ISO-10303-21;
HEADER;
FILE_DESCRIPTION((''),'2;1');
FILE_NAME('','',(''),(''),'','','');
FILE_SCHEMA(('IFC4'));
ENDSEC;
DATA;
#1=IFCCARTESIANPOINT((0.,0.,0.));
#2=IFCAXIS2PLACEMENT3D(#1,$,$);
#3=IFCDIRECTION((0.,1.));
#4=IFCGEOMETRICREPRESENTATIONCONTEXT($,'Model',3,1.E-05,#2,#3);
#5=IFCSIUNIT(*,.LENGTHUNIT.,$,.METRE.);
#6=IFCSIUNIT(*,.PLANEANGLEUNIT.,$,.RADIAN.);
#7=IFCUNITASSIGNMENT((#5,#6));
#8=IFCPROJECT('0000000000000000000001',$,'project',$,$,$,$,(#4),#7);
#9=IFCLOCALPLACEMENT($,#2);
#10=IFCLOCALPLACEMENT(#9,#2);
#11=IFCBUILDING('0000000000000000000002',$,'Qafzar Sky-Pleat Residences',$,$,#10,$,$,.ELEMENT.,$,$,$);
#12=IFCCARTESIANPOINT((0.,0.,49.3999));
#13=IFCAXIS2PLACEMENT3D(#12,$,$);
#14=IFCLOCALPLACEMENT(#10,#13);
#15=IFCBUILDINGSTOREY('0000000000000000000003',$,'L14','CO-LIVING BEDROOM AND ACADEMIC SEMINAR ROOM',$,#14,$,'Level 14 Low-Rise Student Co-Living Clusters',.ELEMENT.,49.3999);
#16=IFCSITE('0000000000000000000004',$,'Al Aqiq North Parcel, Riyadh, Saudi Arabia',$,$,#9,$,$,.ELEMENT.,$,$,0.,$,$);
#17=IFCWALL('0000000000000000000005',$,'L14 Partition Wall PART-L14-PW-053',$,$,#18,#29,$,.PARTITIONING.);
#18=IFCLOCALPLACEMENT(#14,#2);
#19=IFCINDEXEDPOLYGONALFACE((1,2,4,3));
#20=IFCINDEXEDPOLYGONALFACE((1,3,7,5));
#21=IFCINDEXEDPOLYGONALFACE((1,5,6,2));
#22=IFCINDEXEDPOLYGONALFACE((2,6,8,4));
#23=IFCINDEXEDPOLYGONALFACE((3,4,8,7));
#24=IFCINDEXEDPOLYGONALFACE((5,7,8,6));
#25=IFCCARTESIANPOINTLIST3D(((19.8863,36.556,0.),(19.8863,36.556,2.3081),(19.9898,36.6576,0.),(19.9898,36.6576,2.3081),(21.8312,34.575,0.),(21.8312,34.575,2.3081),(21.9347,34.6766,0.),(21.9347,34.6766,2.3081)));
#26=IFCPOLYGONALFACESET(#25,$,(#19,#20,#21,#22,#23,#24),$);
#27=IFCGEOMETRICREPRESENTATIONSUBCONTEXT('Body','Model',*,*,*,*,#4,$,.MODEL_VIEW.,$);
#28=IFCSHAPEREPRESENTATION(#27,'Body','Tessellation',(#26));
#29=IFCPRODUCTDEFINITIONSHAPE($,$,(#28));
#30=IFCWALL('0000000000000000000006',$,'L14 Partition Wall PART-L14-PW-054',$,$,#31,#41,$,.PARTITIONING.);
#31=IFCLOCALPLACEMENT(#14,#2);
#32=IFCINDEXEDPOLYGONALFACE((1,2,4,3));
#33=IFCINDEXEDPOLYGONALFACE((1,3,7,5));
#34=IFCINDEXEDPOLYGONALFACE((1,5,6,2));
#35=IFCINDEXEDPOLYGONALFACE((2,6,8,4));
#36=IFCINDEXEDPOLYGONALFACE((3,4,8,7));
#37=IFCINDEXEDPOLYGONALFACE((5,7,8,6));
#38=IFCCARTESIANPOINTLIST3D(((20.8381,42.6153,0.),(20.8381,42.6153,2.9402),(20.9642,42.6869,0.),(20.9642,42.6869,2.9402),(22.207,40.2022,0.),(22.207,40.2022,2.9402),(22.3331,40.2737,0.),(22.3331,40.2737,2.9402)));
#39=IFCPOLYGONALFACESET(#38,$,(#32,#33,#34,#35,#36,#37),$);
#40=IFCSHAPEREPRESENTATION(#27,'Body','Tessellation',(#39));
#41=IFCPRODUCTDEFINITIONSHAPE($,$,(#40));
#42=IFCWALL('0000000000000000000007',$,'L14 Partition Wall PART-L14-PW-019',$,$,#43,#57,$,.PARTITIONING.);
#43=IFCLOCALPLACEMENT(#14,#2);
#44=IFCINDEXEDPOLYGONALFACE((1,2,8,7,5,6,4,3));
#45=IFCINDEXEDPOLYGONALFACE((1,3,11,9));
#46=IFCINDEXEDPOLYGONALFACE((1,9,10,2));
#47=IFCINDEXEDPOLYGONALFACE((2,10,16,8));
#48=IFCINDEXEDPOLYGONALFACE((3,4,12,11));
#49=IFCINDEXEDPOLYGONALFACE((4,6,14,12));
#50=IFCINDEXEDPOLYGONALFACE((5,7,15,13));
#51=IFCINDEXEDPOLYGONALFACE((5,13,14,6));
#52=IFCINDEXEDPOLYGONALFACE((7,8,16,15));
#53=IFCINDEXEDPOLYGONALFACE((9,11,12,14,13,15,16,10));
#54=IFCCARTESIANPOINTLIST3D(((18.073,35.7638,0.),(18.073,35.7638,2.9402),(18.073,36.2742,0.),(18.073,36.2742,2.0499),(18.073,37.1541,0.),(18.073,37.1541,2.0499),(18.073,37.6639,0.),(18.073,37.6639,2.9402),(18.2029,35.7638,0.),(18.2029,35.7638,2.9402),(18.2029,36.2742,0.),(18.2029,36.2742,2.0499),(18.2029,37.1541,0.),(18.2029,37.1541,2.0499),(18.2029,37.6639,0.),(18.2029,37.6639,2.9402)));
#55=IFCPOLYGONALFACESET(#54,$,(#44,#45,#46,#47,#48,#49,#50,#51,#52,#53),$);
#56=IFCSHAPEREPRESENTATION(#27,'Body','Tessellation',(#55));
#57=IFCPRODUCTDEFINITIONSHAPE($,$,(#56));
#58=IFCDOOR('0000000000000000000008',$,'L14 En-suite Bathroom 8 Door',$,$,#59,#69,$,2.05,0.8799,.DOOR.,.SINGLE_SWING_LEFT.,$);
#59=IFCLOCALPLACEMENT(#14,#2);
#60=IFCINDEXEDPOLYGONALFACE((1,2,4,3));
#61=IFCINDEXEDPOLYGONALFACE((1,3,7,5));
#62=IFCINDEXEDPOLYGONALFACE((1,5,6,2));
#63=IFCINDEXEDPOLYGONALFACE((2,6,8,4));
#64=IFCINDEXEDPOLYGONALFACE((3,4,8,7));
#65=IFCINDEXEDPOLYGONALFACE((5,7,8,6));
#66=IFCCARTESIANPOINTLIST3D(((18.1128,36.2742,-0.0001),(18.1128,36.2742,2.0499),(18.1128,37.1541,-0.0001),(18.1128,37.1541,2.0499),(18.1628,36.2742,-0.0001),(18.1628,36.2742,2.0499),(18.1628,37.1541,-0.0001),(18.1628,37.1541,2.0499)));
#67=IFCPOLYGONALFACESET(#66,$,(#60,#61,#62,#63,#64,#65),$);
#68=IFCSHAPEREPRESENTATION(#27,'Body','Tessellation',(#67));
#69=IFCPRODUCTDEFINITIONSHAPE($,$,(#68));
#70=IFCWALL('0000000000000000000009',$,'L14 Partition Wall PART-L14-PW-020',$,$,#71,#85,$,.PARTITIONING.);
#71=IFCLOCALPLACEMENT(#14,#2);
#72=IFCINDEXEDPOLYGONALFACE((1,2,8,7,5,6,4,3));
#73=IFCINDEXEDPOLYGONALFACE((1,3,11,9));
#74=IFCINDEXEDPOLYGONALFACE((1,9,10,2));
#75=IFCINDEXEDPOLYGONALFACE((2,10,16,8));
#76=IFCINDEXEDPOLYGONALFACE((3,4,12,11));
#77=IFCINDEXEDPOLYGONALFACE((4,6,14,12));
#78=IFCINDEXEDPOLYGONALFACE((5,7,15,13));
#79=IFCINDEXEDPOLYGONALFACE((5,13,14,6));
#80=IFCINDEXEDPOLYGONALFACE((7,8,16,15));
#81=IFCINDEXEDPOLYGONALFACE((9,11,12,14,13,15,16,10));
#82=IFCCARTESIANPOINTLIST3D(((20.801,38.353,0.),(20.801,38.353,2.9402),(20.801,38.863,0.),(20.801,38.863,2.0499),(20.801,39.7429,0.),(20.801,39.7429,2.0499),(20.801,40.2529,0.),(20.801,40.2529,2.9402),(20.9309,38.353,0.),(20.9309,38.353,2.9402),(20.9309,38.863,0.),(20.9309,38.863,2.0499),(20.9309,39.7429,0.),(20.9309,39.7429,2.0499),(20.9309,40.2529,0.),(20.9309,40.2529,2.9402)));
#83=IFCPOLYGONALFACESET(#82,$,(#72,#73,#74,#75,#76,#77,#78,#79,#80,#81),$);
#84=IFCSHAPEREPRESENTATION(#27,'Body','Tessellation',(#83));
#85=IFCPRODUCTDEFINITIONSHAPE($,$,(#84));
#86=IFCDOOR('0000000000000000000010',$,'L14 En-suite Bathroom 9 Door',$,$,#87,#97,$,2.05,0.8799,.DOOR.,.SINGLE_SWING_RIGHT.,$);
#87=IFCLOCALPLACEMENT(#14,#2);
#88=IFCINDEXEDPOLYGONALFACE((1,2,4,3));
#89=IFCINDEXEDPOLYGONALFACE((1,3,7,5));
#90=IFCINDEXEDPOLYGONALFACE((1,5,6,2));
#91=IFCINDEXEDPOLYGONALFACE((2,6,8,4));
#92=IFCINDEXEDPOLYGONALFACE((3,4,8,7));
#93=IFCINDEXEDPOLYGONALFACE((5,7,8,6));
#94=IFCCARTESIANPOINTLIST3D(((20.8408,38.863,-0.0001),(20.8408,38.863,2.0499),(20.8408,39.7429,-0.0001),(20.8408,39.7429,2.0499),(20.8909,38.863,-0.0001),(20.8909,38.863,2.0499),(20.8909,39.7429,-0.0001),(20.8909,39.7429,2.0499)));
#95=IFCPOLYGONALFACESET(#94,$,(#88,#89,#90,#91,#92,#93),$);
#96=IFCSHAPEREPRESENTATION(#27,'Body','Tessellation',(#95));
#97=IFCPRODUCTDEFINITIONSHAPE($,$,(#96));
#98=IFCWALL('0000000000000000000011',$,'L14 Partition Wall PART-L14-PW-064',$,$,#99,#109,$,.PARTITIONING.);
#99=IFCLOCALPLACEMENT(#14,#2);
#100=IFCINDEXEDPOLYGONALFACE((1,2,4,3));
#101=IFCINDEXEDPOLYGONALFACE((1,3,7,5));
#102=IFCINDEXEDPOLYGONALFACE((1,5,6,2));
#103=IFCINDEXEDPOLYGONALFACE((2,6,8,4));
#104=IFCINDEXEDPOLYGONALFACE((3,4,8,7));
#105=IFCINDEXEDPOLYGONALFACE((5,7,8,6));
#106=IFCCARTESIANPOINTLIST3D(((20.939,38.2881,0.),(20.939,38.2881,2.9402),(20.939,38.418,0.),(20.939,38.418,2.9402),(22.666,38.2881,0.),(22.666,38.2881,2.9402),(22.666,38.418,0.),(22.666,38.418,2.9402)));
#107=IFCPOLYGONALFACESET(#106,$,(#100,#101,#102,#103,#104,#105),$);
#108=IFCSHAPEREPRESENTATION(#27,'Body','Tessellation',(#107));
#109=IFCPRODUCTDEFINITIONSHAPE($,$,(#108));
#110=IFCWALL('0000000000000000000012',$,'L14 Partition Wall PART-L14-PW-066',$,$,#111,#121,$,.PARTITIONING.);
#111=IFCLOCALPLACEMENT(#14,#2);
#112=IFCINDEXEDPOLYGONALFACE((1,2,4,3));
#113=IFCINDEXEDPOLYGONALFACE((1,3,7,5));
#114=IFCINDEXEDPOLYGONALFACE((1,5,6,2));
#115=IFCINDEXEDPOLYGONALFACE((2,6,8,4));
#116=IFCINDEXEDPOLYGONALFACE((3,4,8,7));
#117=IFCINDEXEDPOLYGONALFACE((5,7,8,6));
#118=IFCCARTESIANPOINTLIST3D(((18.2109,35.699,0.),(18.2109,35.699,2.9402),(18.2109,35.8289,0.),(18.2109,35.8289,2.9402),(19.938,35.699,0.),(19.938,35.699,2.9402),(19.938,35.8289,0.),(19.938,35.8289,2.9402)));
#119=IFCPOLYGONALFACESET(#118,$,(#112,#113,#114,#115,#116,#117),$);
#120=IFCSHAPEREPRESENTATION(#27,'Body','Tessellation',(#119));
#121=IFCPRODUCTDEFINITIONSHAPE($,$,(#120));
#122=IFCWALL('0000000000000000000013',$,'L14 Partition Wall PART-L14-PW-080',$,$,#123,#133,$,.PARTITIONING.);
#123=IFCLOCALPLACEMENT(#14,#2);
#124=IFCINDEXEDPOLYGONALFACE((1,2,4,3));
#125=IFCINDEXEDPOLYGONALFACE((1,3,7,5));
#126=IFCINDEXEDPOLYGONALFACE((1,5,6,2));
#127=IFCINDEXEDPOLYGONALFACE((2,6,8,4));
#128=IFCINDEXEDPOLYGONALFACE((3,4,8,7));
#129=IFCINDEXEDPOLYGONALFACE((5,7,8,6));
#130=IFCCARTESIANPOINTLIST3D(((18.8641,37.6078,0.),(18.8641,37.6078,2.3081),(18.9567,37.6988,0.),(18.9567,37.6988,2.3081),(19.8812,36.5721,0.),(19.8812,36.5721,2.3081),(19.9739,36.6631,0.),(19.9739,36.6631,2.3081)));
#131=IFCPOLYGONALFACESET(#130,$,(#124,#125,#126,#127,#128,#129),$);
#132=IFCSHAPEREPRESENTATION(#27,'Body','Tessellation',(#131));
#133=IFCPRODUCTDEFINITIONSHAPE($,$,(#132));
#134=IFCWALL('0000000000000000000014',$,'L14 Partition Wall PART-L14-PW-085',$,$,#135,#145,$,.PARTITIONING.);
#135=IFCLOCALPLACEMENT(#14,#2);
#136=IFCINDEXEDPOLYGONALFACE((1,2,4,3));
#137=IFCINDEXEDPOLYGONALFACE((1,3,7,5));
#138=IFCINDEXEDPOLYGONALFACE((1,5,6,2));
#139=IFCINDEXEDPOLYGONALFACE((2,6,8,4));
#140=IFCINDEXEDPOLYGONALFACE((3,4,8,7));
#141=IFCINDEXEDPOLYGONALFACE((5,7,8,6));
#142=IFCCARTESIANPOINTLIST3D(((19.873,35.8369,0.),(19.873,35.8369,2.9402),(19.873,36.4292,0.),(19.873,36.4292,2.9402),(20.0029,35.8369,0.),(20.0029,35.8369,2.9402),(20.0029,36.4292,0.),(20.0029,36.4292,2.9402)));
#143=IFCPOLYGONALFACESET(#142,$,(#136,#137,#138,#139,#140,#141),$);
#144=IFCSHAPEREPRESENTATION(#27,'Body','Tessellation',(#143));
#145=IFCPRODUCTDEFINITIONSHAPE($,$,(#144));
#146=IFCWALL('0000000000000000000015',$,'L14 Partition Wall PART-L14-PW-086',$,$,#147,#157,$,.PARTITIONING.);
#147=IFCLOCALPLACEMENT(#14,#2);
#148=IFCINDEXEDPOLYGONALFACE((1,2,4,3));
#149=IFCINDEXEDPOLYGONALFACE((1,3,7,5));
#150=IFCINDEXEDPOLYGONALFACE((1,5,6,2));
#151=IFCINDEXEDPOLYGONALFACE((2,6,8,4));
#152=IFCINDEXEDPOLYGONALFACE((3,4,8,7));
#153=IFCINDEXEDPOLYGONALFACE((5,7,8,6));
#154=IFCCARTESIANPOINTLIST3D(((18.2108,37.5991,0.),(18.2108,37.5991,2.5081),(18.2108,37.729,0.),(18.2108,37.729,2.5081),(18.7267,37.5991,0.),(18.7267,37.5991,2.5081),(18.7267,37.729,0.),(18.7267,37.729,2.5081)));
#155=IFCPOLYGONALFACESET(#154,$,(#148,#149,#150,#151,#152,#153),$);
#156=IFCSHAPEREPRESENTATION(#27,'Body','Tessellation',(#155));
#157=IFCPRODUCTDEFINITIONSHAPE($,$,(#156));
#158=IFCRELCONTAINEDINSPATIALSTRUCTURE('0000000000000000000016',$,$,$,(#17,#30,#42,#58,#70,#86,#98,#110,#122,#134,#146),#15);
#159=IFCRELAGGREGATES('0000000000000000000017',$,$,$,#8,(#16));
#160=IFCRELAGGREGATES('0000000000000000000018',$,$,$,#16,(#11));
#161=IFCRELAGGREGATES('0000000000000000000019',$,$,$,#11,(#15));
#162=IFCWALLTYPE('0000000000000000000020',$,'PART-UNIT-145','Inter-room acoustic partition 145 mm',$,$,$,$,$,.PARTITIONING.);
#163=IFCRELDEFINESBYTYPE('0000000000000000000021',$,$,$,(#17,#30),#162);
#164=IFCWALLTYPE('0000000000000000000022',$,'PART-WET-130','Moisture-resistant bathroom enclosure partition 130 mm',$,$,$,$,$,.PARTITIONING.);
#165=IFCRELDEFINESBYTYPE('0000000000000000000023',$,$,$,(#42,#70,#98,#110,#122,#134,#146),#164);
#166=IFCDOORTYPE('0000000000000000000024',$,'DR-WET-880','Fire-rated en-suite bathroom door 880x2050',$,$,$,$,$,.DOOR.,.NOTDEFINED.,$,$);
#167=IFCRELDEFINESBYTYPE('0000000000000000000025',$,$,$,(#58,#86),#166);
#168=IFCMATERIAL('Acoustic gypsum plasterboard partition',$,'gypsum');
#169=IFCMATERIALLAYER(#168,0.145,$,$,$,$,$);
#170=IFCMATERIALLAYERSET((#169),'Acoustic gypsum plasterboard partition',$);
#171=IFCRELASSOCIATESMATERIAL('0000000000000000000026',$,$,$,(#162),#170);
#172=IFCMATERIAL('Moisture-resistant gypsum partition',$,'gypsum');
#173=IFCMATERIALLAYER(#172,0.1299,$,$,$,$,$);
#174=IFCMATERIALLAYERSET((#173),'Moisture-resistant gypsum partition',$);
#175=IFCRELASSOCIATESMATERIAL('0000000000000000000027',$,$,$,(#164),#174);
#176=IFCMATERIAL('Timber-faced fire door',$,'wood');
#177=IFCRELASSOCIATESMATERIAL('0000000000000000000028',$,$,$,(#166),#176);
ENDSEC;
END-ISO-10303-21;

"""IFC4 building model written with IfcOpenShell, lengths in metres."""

from ifc_helpers import new_model, si_unit, direction, frame, frame_2d, origin, place, context, subcontext, project, spatial, rectangle, extrude, source, transform, mapped, material, layer, layer_set, type_object, element, fill, save


model = new_model("IFC4")

# Units and contexts
model_context = context("Model", 3, precision=1e-05, world=origin(), true_north=direction((0.0, 1.0)))
body_context = subcontext(model_context, "Body", "Model", "MODEL_VIEW")
ifc_project = project(units=[si_unit("LENGTHUNIT", "METRE"), si_unit("PLANEANGLEUNIT", "RADIAN")], contexts=[model_context])

# Site, building, storey
site_placement = place(None, origin())
site = spatial("IfcSite", under=ifc_project, at=site_placement, Name="Al Aqiq North Parcel, Riyadh, Saudi Arabia", CompositionType="ELEMENT", RefElevation=0.0)
building_placement = place(site_placement, origin())
building = spatial("IfcBuilding", under=site, at=building_placement, Name="Qafzar Sky-Pleat Residences", CompositionType="ELEMENT")
storey_placement = place(building_placement, frame((0.0, 0.0, 49.3999)))
storey = spatial("IfcBuildingStorey", under=building, at=storey_placement, Name="L14", Description="CO-LIVING BEDROOM AND ACADEMIC SEMINAR ROOM", LongName="Level 14 Low-Rise Student Co-Living Clusters", CompositionType="ELEMENT", Elevation=49.3999)

# Walls
ifc_material_1 = material(Name="Acoustic gypsum plasterboard partition", Category="gypsum")
ifc_layer_1 = layer(ifc_material_1, 0.145)
ifc_layer_set_1 = layer_set([ifc_layer_1], Name="Acoustic gypsum plasterboard partition")
wall_type_1 = type_object("IfcWallType", Name="PART-UNIT-145", Description="Inter-room acoustic partition 145 mm", PredefinedType="PARTITIONING", material=ifc_layer_set_1)
wall_1_placement = place(storey_placement, frame((19.938, 36.6069, 0.0), z_axis=(0.0, 0.0, 1.0), x_axis=(0.700569, -0.713585, 0.0)))
element("IfcWall", 1, at=wall_1_placement, inside=storey, type_object=wall_type_1, Name="L14 Partition Wall PART-L14-PW-053", PredefinedType="PARTITIONING", context=body_context, shape_type="SweptSolid", body=[
    extrude(rectangle(XDim=2.7761, YDim=0.145, at=frame_2d((1.3882, 0.0))), origin(), (0.0, 0.0, 1.0), 2.3081),
])
wall_2_placement = place(storey_placement, frame((20.9011, 42.6511, 0.0), z_axis=(0.0, 0.0, 1.0), x_axis=(0.493417, -0.869793, 0.0)))
element("IfcWall", 2, at=wall_2_placement, inside=storey, type_object=wall_type_1, Name="L14 Partition Wall PART-L14-PW-054", PredefinedType="PARTITIONING", context=body_context, shape_type="SweptSolid", body=[
    extrude(rectangle(XDim=2.7744, YDim=0.145, at=frame_2d((1.3872, 0.0))), origin(), (0.0, 0.0, 1.0), 2.9402),
])

# Walls, openings, doors
ifc_material_2 = material(Name="Moisture-resistant gypsum partition", Category="gypsum")
ifc_layer_2 = layer(ifc_material_2, 0.1299)
ifc_layer_set_2 = layer_set([ifc_layer_2], Name="Moisture-resistant gypsum partition")
wall_type_2 = type_object("IfcWallType", Name="PART-WET-130", Description="Moisture-resistant bathroom enclosure partition 130 mm", PredefinedType="PARTITIONING", material=ifc_layer_set_2)
wall_3_placement = place(storey_placement, frame((18.1379, 37.6641, 0.0), z_axis=(0.0, 0.0, 1.0), x_axis=(0.0, -1.0, 0.0)))
wall_3 = element("IfcWall", 3, at=wall_3_placement, inside=storey, type_object=wall_type_2, Name="L14 Partition Wall PART-L14-PW-019", PredefinedType="PARTITIONING", context=body_context, shape_type="SweptSolid", body=[
    extrude(rectangle(XDim=1.9001, YDim=0.1299, at=frame_2d((0.9502, 0.0))), origin(), (0.0, 0.0, 1.0), 2.9402),
])
opening_1_placement = place(wall_3_placement, frame((0.51, 0.0, 0.0)))
opening_1 = element("IfcOpeningElement", 4, at=opening_1_placement, cuts=wall_3, PredefinedType="OPENING", context=body_context, shape_type="SweptSolid", body=[
    extrude(rectangle(XDim=0.8799, YDim=2.05, at=frame_2d((0.4399, 1.0249))), frame((0.0, 0.075, 0.0), z_axis=(0.0, -1.0, 0.0), x_axis=(1.0, 0.0, 0.0)), (0.0, 0.0, 1.0), 0.1499),
])
ifc_material_3 = material(Name="Timber-faced fire door", Category="wood")
door_type = type_object("IfcDoorType", Name="DR-WET-880", Description="Fire-rated en-suite bathroom door 880x2050", OperationType="NOTDEFINED", PredefinedType="DOOR", material=ifc_material_3)
shared_shape_1 = source(origin(), body_context, "Body", "SweptSolid", [
    extrude(rectangle(XDim=0.8799, YDim=2.05, at=frame_2d((0.4399, 1.0249))), frame((0.0, 0.0249, 0.0), z_axis=(0.0, -1.0, 0.0), x_axis=(1.0, 0.0, 0.0)), (0.0, 0.0, 1.0), 0.05),
])
door_1_placement = place(opening_1_placement, origin())
door_1 = element("IfcDoor", 5, at=door_1_placement, inside=storey, type_object=door_type, Name="L14 En-suite Bathroom 8 Door", OperationType="SINGLE_SWING_LEFT", OverallHeight=2.05, OverallWidth=0.8799, PredefinedType="DOOR", context=body_context, shape_type="MappedRepresentation", body=[
    mapped(shared_shape_1, transform((0.0, 0.0, 0.0), x_axis=(1.0, 0.0, 0.0), y_axis=(0.0, 1.0, 0.0), z_axis=(0.0, 0.0, 1.0), scale=1.0)),
])
fill(opening_1, door_1)
wall_4_placement = place(storey_placement, frame((20.866, 40.2529, 0.0), z_axis=(0.0, 0.0, 1.0), x_axis=(0.0, -1.0, 0.0)))
wall_4 = element("IfcWall", 6, at=wall_4_placement, inside=storey, type_object=wall_type_2, Name="L14 Partition Wall PART-L14-PW-020", PredefinedType="PARTITIONING", context=body_context, shape_type="SweptSolid", body=[
    extrude(rectangle(XDim=1.8999, YDim=0.1299, at=frame_2d((0.95, 0.0))), origin(), (0.0, 0.0, 1.0), 2.9402),
])
opening_2_placement = place(wall_4_placement, frame((0.51, 0.0, 0.0)))
opening_2 = element("IfcOpeningElement", 7, at=opening_2_placement, cuts=wall_4, PredefinedType="OPENING", context=body_context, shape_type="SweptSolid", body=[
    extrude(rectangle(XDim=0.8799, YDim=2.05, at=frame_2d((0.4399, 1.0249))), frame((0.0, 0.075, 0.0), z_axis=(0.0, -1.0, 0.0), x_axis=(1.0, 0.0, 0.0)), (0.0, 0.0, 1.0), 0.1499),
])
door_2_placement = place(opening_2_placement, origin())
door_2 = element("IfcDoor", 8, at=door_2_placement, inside=storey, type_object=door_type, Name="L14 En-suite Bathroom 9 Door", OperationType="SINGLE_SWING_RIGHT", OverallHeight=2.05, OverallWidth=0.8799, PredefinedType="DOOR", context=body_context, shape_type="MappedRepresentation", body=[
    mapped(shared_shape_1, transform((0.0, 0.0, 0.0), x_axis=(1.0, 0.0, 0.0), y_axis=(0.0, 1.0, 0.0), z_axis=(0.0, 0.0, 1.0), scale=1.0)),
])
fill(opening_2, door_2)

# Walls
for number, where, z_axis, x_axis, name in (
    (9, (20.939, 38.353, 0.0), (0.0, 0.0, 1.0), (1.0, 0.0, 0.0), "L14 Partition Wall PART-L14-PW-064"),
    (10, (18.2109, 35.7639, 0.0), (0.0, 0.0, 1.0), (1.0, 0.0, 0.0), "L14 Partition Wall PART-L14-PW-066"),
):
    element("IfcWall", number, at=place(storey_placement, frame(where, z_axis=z_axis, x_axis=x_axis)), inside=storey, type_object=wall_type_2, Name=name, PredefinedType="PARTITIONING", context=body_context, shape_type="SweptSolid", body=[
        extrude(rectangle(XDim=1.7271, YDim=0.1299, at=frame_2d((0.8635, 0.0))), origin(), (0.0, 0.0, 1.0), 2.9402),
    ])
wall_5_placement = place(storey_placement, frame((18.9104, 37.6533, 0.0), z_axis=(0.0, 0.0, 1.0), x_axis=(0.700687, -0.713469, 0.0)))
element("IfcWall", 11, at=wall_5_placement, inside=storey, type_object=wall_type_2, Name="L14 Partition Wall PART-L14-PW-080", PredefinedType="PARTITIONING", context=body_context, shape_type="SweptSolid", body=[
    extrude(rectangle(XDim=1.4517, YDim=0.1299, at=frame_2d((0.7258, 0.0))), origin(), (0.0, 0.0, 1.0), 2.3081),
])
wall_6_placement = place(storey_placement, frame((19.938, 35.8369, 0.0), z_axis=(0.0, 0.0, 1.0), x_axis=(0.0, 1.0, 0.0)))
element("IfcWall", 12, at=wall_6_placement, inside=storey, type_object=wall_type_2, Name="L14 Partition Wall PART-L14-PW-085", PredefinedType="PARTITIONING", context=body_context, shape_type="SweptSolid", body=[
    extrude(rectangle(XDim=0.5923, YDim=0.1299, at=frame_2d((0.2961, 0.0))), origin(), (0.0, 0.0, 1.0), 2.9402),
])
wall_7_placement = place(storey_placement, frame((18.2109, 37.6641, 0.0), z_axis=(0.0, 0.0, 1.0), x_axis=(1.0, 0.0, 0.0)))
element("IfcWall", 13, at=wall_7_placement, inside=storey, type_object=wall_type_2, Name="L14 Partition Wall PART-L14-PW-086", PredefinedType="PARTITIONING", context=body_context, shape_type="SweptSolid", body=[
    extrude(rectangle(XDim=0.5159, YDim=0.1299, at=frame_2d((0.2578, 0.0))), origin(), (0.0, 0.0, 1.0), 2.5081),
])

save(model, "model.ifc")
